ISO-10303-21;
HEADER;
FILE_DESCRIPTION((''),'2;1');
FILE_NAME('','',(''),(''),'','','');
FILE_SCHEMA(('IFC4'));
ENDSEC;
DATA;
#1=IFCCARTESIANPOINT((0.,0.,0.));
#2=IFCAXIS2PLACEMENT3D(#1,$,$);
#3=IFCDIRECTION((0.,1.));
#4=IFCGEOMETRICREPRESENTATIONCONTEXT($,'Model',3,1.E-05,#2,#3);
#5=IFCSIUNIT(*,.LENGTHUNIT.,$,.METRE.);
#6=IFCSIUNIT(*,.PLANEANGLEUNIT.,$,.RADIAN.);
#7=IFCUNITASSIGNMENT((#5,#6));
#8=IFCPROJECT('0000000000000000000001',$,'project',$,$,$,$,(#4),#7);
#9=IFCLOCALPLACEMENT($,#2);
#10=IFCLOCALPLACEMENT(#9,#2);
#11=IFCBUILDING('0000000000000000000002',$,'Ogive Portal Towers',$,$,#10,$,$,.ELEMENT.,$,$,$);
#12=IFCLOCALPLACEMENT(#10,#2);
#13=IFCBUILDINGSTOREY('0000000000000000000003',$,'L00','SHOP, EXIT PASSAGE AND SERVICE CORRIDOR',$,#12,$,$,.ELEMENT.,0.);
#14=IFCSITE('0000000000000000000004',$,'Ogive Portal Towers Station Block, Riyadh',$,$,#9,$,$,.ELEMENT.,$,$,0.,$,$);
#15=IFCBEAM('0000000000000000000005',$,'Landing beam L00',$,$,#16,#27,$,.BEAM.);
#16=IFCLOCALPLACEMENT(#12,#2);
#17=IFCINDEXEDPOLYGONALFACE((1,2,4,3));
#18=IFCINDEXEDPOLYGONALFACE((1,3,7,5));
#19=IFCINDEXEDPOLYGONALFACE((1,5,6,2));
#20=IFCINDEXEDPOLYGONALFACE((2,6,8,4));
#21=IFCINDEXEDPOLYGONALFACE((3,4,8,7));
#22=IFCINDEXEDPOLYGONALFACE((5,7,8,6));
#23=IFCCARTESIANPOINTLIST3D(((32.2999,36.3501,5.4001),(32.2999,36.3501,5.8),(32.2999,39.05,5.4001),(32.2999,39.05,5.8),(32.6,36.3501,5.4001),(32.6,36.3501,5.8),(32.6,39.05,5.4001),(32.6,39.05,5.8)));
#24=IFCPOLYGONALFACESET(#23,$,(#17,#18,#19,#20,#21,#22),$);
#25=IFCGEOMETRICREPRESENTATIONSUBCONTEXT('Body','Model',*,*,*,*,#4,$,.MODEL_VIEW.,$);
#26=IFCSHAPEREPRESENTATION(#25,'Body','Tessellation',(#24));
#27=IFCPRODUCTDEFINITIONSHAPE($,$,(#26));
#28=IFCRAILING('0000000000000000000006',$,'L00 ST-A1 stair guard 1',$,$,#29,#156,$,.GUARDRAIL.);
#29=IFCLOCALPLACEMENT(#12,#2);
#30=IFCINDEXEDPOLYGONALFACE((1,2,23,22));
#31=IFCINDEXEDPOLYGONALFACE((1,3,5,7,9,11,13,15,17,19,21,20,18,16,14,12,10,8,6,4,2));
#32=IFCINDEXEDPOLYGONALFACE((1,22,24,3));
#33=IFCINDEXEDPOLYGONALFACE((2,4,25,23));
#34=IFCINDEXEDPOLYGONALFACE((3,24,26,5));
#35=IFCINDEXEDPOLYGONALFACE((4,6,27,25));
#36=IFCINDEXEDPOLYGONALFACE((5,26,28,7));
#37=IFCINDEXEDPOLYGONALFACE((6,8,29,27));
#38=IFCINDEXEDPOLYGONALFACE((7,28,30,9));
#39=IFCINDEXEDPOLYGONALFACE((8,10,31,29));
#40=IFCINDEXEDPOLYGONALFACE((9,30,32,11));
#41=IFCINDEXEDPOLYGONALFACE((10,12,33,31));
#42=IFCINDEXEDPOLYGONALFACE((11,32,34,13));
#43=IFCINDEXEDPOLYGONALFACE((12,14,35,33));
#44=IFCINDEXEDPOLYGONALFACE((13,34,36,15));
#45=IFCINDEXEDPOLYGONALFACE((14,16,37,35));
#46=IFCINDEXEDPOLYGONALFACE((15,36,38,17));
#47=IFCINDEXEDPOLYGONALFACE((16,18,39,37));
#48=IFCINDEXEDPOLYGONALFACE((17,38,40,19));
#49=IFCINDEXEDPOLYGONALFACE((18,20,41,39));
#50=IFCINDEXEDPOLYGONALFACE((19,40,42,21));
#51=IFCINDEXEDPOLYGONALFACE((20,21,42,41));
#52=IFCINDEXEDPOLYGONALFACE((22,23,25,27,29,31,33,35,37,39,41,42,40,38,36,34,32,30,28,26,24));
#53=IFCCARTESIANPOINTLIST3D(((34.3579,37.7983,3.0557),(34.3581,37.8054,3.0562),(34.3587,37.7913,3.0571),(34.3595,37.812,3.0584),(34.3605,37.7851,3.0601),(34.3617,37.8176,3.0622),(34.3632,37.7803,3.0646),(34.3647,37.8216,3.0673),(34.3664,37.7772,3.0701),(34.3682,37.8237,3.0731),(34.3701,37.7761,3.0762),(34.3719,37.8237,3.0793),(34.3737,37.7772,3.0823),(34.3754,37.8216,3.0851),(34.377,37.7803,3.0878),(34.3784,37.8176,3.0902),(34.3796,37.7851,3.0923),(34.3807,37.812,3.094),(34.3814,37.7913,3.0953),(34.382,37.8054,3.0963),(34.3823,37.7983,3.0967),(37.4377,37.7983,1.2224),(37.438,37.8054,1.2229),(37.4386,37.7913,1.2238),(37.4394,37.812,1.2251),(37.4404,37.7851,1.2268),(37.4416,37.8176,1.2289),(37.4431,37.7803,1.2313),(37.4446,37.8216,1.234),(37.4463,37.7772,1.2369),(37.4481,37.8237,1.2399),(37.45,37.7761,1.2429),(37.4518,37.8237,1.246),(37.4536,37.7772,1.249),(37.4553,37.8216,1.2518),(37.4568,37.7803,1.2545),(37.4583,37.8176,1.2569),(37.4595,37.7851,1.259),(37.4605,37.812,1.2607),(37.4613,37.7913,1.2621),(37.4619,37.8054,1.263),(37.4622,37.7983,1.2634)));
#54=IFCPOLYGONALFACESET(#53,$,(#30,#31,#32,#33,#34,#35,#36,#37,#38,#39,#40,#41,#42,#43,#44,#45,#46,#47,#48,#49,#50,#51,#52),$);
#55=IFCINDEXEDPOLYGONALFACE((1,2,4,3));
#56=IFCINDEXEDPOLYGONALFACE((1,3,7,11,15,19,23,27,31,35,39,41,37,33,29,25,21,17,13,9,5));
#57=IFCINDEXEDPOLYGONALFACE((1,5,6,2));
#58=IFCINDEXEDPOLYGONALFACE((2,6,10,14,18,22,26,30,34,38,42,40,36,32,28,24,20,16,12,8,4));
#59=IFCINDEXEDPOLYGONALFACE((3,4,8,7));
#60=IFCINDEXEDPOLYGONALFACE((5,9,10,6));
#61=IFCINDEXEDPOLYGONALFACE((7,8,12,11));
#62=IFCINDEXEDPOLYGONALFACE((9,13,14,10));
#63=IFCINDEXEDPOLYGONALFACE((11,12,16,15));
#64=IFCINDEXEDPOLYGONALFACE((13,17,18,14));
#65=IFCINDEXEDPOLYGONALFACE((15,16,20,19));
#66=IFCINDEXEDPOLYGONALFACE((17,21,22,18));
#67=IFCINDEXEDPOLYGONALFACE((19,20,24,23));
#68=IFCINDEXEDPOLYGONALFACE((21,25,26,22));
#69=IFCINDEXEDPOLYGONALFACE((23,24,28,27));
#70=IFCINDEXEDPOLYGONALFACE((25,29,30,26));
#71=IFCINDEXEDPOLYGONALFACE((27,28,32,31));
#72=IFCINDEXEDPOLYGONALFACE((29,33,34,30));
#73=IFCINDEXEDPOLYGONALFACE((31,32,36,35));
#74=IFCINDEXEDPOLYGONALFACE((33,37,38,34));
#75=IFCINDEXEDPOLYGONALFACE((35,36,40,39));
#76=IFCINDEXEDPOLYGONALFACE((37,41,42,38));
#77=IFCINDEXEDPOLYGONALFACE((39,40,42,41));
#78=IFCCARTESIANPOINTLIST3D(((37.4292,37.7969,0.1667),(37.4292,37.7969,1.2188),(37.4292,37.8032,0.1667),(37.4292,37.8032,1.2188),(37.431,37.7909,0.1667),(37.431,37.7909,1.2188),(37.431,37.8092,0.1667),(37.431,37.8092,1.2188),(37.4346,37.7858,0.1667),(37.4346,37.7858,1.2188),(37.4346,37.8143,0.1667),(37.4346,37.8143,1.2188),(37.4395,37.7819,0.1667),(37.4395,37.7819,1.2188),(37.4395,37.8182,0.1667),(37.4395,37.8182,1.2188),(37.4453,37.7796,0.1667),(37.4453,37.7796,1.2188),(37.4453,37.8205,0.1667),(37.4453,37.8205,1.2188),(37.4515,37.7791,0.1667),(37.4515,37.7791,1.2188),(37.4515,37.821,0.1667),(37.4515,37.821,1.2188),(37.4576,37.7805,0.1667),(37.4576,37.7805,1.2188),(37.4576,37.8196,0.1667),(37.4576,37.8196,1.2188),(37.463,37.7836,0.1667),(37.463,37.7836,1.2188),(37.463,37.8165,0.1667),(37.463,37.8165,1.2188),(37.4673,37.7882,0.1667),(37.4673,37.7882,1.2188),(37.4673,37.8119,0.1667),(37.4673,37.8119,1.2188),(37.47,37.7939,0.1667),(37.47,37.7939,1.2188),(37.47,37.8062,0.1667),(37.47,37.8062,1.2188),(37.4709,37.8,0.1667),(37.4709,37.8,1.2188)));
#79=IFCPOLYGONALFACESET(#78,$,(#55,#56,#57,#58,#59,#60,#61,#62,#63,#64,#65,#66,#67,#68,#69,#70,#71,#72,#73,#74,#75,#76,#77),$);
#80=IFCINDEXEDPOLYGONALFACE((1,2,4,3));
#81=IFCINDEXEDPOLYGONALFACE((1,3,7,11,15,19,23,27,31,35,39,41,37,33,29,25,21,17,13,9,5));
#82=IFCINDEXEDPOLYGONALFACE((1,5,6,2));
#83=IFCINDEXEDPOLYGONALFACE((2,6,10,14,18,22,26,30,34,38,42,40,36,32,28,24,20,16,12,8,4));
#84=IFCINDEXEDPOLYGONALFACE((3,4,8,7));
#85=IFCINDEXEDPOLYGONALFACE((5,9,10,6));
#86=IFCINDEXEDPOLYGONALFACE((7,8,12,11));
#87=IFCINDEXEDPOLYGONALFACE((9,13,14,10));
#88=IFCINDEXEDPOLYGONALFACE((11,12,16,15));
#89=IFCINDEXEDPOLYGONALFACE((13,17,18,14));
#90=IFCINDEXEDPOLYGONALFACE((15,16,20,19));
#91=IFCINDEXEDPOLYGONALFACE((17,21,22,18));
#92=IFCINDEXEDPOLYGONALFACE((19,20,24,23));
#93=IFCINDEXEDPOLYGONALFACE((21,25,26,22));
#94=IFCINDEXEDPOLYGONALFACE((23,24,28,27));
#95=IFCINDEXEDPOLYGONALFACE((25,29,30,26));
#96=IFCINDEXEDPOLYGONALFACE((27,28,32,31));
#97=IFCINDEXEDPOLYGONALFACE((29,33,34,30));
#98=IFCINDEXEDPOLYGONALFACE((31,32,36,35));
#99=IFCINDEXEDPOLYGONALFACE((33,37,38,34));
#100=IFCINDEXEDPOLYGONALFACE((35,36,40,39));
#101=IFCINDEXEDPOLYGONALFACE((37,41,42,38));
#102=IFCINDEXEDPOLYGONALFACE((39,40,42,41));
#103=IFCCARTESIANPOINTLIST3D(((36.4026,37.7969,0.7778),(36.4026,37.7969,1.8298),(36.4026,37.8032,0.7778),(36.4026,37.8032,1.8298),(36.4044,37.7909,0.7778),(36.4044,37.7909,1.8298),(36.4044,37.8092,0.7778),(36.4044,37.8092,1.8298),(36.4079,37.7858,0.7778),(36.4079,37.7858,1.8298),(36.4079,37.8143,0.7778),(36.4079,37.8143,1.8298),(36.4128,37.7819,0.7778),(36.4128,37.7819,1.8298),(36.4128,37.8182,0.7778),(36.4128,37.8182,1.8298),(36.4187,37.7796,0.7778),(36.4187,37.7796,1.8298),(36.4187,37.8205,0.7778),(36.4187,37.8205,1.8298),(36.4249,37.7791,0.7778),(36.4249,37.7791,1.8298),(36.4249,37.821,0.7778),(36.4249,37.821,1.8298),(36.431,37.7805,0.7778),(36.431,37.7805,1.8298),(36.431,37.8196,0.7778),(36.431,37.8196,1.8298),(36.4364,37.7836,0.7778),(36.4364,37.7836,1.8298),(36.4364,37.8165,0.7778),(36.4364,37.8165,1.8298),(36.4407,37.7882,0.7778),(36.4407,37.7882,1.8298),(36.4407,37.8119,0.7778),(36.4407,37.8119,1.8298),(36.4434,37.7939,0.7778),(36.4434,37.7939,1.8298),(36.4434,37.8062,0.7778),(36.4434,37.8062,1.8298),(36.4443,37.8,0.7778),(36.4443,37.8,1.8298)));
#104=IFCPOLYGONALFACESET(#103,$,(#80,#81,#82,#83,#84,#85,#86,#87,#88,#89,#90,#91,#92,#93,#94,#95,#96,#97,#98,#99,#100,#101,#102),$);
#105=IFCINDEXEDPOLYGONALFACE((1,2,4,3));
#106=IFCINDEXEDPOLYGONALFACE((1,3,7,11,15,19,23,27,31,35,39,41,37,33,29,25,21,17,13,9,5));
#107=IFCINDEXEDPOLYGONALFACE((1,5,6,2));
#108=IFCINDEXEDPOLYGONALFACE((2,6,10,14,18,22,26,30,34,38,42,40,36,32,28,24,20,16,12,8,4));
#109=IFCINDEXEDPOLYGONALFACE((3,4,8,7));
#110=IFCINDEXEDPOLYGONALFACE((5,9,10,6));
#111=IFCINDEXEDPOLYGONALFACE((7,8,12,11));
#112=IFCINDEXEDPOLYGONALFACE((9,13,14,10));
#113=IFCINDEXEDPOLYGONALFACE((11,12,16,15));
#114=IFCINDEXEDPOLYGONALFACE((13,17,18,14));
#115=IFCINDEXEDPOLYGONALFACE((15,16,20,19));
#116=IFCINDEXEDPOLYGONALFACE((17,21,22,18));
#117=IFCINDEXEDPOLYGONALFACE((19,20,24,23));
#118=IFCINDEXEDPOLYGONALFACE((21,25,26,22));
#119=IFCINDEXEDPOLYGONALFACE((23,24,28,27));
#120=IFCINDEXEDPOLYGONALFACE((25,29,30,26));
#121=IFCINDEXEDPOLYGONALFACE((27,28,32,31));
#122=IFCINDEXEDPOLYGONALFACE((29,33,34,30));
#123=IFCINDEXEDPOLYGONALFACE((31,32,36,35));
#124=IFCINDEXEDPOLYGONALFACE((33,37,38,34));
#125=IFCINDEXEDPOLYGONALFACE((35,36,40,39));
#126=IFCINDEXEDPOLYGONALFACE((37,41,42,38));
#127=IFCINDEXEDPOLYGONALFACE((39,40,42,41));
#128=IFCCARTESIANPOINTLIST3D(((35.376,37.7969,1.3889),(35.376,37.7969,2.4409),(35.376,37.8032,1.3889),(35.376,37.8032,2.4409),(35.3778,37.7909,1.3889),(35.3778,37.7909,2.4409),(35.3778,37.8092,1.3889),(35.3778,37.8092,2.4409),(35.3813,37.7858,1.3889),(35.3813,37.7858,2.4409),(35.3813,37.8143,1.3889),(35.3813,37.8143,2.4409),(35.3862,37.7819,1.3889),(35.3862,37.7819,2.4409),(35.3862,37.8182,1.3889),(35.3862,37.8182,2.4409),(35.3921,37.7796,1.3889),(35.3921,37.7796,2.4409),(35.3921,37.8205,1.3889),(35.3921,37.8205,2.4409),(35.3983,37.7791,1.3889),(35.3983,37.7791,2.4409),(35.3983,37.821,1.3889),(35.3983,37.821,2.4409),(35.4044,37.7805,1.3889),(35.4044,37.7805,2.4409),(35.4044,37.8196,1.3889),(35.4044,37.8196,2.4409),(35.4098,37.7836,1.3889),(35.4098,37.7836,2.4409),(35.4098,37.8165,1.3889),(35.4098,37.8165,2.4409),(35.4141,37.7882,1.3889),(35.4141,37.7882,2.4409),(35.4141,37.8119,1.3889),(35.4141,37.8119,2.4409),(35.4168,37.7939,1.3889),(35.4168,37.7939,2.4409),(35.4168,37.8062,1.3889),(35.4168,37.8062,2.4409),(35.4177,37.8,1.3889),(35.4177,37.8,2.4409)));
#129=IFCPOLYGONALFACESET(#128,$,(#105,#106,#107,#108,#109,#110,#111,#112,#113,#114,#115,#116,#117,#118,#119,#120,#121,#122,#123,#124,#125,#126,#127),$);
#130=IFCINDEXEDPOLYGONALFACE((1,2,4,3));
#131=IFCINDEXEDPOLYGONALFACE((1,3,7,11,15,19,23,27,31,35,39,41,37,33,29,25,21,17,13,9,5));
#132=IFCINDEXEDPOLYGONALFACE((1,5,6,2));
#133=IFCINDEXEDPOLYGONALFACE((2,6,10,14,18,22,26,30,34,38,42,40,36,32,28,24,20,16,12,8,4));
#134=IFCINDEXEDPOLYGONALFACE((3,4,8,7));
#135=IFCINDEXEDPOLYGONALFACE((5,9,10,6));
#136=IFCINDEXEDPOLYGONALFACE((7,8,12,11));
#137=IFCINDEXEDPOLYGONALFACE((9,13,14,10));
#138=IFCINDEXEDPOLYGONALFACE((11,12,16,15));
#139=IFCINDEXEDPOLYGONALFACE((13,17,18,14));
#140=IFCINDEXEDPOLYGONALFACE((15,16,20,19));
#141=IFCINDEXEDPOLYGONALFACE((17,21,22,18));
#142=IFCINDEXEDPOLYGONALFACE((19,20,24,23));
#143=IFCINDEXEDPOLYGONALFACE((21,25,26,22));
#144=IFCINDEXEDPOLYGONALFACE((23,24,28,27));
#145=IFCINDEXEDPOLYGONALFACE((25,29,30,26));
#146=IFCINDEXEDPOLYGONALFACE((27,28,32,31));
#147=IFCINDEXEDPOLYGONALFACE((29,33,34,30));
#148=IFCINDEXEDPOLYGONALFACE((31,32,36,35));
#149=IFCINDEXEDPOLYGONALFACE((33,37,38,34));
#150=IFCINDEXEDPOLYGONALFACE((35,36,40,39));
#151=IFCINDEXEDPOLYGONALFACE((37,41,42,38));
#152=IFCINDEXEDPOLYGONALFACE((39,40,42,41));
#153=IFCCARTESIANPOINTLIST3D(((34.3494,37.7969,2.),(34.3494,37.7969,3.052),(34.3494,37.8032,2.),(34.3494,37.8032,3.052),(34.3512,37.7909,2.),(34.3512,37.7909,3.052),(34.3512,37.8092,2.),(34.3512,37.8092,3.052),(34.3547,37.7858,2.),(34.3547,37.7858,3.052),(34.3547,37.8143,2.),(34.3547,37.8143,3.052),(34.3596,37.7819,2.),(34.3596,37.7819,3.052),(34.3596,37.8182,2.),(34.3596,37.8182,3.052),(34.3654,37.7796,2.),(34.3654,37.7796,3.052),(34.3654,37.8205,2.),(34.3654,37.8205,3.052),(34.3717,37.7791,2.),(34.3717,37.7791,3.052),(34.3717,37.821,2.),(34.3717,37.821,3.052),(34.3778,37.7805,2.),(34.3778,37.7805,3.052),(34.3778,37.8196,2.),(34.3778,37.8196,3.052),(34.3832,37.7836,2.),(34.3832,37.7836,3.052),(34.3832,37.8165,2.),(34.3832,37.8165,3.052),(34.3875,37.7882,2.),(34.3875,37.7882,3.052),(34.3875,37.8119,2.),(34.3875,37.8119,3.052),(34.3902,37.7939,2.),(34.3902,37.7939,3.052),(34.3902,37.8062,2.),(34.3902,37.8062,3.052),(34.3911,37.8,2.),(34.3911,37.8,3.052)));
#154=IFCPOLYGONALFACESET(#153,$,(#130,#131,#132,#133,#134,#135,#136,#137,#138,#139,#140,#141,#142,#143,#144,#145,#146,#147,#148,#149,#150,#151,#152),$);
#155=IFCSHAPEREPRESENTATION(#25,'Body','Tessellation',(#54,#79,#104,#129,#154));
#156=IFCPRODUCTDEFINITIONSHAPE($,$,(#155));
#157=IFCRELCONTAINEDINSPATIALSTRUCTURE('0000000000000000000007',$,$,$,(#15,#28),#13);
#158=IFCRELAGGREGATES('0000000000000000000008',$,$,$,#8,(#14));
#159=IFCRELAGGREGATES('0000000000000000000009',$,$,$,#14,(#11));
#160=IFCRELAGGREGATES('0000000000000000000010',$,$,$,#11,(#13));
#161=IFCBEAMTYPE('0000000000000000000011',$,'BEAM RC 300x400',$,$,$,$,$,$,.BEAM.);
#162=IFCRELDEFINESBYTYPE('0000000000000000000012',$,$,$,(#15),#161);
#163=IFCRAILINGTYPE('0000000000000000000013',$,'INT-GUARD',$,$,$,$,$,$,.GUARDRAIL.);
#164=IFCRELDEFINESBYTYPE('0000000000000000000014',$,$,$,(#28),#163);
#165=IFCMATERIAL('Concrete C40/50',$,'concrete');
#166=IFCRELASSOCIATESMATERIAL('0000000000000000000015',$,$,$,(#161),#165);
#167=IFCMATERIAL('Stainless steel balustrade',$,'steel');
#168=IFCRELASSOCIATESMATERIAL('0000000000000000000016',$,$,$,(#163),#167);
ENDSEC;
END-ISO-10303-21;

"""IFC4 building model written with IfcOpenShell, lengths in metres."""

from ifc_helpers import new_model, si_unit, direction, frame, origin, origin_2d, place, context, subcontext, project, spatial, rectangle, circle, extrude, material, material_profile, profile_set, type_object, element, save


model = new_model("IFC4")

# Units and contexts
model_context = context("Model", 3, precision=1e-05, world=origin(), true_north=direction((0.0, 1.0)))
body_context = subcontext(model_context, "Body", "Model", "MODEL_VIEW")
ifc_project = project(units=[si_unit("LENGTHUNIT", "METRE"), si_unit("PLANEANGLEUNIT", "RADIAN")], contexts=[model_context])

# Site, building, storey
site_placement = place(None, origin())
site = spatial("IfcSite", under=ifc_project, at=site_placement, Name="Ogive Portal Towers Station Block, Riyadh", CompositionType="ELEMENT", RefElevation=0.0)
building_placement = place(site_placement, origin())
building = spatial("IfcBuilding", under=site, at=building_placement, Name="Ogive Portal Towers", CompositionType="ELEMENT")
storey_placement = place(building_placement, origin())
storey = spatial("IfcBuildingStorey", under=building, at=storey_placement, Name="L00", Description="SHOP, EXIT PASSAGE AND SERVICE CORRIDOR", CompositionType="ELEMENT", Elevation=0.0)

# Beam
ifc_material_1 = material(Name="Concrete C40/50", Category="concrete")
ifc_material_profile = material_profile(ifc_material_1, rectangle(XDim=0.3, YDim=0.3999, at=origin_2d()), Name="RC 300x400")
ifc_profile_set = profile_set([ifc_material_profile], Name="Concrete C40/50")
beam_type = type_object("IfcBeamType", Name="BEAM RC 300x400", PredefinedType="BEAM", material=ifc_profile_set)
beam_placement = place(storey_placement, frame((32.45, 36.3501, 5.6001), z_axis=(0.0, 1.0, 0.0), x_axis=(-1.0, 0.0, 0.0)))
element("IfcBeam", 1, at=beam_placement, inside=storey, type_object=beam_type, Name="Landing beam L00", PredefinedType="BEAM", context=body_context, shape_type="SweptSolid", body=[
    extrude(rectangle(XDim=0.3, YDim=0.3999, at=origin_2d()), origin(), (0.0, 0.0, 1.0), 2.7),
])

# Railing
ifc_material_2 = material(Name="Stainless steel balustrade", Category="steel")
railing_type_1 = type_object("IfcRailingType", Name="INT-GUARD", PredefinedType="GUARDRAIL", material=ifc_material_2)
railing_1_placement = place(storey_placement, frame((37.45, 37.8, 0.1667)))
element("IfcRailing", 2, at=railing_1_placement, inside=storey, type_object=railing_type_1, Name="L00 ST-A1 stair guard 1", PredefinedType="GUARDRAIL", context=body_context, shape_type="SweptSolid", body=[
    extrude(circle(Radius=0.0239, at=origin_2d()), frame((0.0, 0.0, 1.0762), z_axis=(-0.859291, 0.0, 0.511487), x_axis=(0.0, -1.0, 0.0)), (0.0, 0.0, 1.0), 3.5842),
    extrude(circle(Radius=0.021, at=origin_2d()), origin(), (0.0, 0.0, 1.0), 1.052),
    extrude(circle(Radius=0.021, at=origin_2d()), frame((-1.0266, 0.0, 0.6111)), (0.0, 0.0, 1.0), 1.052),
    extrude(circle(Radius=0.021, at=origin_2d()), frame((-2.0532, 0.0, 1.2222)), (0.0, 0.0, 1.0), 1.052),
    extrude(circle(Radius=0.021, at=origin_2d()), frame((-3.0798, 0.0, 1.8333)), (0.0, 0.0, 1.0), 1.052),
])

save(model, "model.ifc")
